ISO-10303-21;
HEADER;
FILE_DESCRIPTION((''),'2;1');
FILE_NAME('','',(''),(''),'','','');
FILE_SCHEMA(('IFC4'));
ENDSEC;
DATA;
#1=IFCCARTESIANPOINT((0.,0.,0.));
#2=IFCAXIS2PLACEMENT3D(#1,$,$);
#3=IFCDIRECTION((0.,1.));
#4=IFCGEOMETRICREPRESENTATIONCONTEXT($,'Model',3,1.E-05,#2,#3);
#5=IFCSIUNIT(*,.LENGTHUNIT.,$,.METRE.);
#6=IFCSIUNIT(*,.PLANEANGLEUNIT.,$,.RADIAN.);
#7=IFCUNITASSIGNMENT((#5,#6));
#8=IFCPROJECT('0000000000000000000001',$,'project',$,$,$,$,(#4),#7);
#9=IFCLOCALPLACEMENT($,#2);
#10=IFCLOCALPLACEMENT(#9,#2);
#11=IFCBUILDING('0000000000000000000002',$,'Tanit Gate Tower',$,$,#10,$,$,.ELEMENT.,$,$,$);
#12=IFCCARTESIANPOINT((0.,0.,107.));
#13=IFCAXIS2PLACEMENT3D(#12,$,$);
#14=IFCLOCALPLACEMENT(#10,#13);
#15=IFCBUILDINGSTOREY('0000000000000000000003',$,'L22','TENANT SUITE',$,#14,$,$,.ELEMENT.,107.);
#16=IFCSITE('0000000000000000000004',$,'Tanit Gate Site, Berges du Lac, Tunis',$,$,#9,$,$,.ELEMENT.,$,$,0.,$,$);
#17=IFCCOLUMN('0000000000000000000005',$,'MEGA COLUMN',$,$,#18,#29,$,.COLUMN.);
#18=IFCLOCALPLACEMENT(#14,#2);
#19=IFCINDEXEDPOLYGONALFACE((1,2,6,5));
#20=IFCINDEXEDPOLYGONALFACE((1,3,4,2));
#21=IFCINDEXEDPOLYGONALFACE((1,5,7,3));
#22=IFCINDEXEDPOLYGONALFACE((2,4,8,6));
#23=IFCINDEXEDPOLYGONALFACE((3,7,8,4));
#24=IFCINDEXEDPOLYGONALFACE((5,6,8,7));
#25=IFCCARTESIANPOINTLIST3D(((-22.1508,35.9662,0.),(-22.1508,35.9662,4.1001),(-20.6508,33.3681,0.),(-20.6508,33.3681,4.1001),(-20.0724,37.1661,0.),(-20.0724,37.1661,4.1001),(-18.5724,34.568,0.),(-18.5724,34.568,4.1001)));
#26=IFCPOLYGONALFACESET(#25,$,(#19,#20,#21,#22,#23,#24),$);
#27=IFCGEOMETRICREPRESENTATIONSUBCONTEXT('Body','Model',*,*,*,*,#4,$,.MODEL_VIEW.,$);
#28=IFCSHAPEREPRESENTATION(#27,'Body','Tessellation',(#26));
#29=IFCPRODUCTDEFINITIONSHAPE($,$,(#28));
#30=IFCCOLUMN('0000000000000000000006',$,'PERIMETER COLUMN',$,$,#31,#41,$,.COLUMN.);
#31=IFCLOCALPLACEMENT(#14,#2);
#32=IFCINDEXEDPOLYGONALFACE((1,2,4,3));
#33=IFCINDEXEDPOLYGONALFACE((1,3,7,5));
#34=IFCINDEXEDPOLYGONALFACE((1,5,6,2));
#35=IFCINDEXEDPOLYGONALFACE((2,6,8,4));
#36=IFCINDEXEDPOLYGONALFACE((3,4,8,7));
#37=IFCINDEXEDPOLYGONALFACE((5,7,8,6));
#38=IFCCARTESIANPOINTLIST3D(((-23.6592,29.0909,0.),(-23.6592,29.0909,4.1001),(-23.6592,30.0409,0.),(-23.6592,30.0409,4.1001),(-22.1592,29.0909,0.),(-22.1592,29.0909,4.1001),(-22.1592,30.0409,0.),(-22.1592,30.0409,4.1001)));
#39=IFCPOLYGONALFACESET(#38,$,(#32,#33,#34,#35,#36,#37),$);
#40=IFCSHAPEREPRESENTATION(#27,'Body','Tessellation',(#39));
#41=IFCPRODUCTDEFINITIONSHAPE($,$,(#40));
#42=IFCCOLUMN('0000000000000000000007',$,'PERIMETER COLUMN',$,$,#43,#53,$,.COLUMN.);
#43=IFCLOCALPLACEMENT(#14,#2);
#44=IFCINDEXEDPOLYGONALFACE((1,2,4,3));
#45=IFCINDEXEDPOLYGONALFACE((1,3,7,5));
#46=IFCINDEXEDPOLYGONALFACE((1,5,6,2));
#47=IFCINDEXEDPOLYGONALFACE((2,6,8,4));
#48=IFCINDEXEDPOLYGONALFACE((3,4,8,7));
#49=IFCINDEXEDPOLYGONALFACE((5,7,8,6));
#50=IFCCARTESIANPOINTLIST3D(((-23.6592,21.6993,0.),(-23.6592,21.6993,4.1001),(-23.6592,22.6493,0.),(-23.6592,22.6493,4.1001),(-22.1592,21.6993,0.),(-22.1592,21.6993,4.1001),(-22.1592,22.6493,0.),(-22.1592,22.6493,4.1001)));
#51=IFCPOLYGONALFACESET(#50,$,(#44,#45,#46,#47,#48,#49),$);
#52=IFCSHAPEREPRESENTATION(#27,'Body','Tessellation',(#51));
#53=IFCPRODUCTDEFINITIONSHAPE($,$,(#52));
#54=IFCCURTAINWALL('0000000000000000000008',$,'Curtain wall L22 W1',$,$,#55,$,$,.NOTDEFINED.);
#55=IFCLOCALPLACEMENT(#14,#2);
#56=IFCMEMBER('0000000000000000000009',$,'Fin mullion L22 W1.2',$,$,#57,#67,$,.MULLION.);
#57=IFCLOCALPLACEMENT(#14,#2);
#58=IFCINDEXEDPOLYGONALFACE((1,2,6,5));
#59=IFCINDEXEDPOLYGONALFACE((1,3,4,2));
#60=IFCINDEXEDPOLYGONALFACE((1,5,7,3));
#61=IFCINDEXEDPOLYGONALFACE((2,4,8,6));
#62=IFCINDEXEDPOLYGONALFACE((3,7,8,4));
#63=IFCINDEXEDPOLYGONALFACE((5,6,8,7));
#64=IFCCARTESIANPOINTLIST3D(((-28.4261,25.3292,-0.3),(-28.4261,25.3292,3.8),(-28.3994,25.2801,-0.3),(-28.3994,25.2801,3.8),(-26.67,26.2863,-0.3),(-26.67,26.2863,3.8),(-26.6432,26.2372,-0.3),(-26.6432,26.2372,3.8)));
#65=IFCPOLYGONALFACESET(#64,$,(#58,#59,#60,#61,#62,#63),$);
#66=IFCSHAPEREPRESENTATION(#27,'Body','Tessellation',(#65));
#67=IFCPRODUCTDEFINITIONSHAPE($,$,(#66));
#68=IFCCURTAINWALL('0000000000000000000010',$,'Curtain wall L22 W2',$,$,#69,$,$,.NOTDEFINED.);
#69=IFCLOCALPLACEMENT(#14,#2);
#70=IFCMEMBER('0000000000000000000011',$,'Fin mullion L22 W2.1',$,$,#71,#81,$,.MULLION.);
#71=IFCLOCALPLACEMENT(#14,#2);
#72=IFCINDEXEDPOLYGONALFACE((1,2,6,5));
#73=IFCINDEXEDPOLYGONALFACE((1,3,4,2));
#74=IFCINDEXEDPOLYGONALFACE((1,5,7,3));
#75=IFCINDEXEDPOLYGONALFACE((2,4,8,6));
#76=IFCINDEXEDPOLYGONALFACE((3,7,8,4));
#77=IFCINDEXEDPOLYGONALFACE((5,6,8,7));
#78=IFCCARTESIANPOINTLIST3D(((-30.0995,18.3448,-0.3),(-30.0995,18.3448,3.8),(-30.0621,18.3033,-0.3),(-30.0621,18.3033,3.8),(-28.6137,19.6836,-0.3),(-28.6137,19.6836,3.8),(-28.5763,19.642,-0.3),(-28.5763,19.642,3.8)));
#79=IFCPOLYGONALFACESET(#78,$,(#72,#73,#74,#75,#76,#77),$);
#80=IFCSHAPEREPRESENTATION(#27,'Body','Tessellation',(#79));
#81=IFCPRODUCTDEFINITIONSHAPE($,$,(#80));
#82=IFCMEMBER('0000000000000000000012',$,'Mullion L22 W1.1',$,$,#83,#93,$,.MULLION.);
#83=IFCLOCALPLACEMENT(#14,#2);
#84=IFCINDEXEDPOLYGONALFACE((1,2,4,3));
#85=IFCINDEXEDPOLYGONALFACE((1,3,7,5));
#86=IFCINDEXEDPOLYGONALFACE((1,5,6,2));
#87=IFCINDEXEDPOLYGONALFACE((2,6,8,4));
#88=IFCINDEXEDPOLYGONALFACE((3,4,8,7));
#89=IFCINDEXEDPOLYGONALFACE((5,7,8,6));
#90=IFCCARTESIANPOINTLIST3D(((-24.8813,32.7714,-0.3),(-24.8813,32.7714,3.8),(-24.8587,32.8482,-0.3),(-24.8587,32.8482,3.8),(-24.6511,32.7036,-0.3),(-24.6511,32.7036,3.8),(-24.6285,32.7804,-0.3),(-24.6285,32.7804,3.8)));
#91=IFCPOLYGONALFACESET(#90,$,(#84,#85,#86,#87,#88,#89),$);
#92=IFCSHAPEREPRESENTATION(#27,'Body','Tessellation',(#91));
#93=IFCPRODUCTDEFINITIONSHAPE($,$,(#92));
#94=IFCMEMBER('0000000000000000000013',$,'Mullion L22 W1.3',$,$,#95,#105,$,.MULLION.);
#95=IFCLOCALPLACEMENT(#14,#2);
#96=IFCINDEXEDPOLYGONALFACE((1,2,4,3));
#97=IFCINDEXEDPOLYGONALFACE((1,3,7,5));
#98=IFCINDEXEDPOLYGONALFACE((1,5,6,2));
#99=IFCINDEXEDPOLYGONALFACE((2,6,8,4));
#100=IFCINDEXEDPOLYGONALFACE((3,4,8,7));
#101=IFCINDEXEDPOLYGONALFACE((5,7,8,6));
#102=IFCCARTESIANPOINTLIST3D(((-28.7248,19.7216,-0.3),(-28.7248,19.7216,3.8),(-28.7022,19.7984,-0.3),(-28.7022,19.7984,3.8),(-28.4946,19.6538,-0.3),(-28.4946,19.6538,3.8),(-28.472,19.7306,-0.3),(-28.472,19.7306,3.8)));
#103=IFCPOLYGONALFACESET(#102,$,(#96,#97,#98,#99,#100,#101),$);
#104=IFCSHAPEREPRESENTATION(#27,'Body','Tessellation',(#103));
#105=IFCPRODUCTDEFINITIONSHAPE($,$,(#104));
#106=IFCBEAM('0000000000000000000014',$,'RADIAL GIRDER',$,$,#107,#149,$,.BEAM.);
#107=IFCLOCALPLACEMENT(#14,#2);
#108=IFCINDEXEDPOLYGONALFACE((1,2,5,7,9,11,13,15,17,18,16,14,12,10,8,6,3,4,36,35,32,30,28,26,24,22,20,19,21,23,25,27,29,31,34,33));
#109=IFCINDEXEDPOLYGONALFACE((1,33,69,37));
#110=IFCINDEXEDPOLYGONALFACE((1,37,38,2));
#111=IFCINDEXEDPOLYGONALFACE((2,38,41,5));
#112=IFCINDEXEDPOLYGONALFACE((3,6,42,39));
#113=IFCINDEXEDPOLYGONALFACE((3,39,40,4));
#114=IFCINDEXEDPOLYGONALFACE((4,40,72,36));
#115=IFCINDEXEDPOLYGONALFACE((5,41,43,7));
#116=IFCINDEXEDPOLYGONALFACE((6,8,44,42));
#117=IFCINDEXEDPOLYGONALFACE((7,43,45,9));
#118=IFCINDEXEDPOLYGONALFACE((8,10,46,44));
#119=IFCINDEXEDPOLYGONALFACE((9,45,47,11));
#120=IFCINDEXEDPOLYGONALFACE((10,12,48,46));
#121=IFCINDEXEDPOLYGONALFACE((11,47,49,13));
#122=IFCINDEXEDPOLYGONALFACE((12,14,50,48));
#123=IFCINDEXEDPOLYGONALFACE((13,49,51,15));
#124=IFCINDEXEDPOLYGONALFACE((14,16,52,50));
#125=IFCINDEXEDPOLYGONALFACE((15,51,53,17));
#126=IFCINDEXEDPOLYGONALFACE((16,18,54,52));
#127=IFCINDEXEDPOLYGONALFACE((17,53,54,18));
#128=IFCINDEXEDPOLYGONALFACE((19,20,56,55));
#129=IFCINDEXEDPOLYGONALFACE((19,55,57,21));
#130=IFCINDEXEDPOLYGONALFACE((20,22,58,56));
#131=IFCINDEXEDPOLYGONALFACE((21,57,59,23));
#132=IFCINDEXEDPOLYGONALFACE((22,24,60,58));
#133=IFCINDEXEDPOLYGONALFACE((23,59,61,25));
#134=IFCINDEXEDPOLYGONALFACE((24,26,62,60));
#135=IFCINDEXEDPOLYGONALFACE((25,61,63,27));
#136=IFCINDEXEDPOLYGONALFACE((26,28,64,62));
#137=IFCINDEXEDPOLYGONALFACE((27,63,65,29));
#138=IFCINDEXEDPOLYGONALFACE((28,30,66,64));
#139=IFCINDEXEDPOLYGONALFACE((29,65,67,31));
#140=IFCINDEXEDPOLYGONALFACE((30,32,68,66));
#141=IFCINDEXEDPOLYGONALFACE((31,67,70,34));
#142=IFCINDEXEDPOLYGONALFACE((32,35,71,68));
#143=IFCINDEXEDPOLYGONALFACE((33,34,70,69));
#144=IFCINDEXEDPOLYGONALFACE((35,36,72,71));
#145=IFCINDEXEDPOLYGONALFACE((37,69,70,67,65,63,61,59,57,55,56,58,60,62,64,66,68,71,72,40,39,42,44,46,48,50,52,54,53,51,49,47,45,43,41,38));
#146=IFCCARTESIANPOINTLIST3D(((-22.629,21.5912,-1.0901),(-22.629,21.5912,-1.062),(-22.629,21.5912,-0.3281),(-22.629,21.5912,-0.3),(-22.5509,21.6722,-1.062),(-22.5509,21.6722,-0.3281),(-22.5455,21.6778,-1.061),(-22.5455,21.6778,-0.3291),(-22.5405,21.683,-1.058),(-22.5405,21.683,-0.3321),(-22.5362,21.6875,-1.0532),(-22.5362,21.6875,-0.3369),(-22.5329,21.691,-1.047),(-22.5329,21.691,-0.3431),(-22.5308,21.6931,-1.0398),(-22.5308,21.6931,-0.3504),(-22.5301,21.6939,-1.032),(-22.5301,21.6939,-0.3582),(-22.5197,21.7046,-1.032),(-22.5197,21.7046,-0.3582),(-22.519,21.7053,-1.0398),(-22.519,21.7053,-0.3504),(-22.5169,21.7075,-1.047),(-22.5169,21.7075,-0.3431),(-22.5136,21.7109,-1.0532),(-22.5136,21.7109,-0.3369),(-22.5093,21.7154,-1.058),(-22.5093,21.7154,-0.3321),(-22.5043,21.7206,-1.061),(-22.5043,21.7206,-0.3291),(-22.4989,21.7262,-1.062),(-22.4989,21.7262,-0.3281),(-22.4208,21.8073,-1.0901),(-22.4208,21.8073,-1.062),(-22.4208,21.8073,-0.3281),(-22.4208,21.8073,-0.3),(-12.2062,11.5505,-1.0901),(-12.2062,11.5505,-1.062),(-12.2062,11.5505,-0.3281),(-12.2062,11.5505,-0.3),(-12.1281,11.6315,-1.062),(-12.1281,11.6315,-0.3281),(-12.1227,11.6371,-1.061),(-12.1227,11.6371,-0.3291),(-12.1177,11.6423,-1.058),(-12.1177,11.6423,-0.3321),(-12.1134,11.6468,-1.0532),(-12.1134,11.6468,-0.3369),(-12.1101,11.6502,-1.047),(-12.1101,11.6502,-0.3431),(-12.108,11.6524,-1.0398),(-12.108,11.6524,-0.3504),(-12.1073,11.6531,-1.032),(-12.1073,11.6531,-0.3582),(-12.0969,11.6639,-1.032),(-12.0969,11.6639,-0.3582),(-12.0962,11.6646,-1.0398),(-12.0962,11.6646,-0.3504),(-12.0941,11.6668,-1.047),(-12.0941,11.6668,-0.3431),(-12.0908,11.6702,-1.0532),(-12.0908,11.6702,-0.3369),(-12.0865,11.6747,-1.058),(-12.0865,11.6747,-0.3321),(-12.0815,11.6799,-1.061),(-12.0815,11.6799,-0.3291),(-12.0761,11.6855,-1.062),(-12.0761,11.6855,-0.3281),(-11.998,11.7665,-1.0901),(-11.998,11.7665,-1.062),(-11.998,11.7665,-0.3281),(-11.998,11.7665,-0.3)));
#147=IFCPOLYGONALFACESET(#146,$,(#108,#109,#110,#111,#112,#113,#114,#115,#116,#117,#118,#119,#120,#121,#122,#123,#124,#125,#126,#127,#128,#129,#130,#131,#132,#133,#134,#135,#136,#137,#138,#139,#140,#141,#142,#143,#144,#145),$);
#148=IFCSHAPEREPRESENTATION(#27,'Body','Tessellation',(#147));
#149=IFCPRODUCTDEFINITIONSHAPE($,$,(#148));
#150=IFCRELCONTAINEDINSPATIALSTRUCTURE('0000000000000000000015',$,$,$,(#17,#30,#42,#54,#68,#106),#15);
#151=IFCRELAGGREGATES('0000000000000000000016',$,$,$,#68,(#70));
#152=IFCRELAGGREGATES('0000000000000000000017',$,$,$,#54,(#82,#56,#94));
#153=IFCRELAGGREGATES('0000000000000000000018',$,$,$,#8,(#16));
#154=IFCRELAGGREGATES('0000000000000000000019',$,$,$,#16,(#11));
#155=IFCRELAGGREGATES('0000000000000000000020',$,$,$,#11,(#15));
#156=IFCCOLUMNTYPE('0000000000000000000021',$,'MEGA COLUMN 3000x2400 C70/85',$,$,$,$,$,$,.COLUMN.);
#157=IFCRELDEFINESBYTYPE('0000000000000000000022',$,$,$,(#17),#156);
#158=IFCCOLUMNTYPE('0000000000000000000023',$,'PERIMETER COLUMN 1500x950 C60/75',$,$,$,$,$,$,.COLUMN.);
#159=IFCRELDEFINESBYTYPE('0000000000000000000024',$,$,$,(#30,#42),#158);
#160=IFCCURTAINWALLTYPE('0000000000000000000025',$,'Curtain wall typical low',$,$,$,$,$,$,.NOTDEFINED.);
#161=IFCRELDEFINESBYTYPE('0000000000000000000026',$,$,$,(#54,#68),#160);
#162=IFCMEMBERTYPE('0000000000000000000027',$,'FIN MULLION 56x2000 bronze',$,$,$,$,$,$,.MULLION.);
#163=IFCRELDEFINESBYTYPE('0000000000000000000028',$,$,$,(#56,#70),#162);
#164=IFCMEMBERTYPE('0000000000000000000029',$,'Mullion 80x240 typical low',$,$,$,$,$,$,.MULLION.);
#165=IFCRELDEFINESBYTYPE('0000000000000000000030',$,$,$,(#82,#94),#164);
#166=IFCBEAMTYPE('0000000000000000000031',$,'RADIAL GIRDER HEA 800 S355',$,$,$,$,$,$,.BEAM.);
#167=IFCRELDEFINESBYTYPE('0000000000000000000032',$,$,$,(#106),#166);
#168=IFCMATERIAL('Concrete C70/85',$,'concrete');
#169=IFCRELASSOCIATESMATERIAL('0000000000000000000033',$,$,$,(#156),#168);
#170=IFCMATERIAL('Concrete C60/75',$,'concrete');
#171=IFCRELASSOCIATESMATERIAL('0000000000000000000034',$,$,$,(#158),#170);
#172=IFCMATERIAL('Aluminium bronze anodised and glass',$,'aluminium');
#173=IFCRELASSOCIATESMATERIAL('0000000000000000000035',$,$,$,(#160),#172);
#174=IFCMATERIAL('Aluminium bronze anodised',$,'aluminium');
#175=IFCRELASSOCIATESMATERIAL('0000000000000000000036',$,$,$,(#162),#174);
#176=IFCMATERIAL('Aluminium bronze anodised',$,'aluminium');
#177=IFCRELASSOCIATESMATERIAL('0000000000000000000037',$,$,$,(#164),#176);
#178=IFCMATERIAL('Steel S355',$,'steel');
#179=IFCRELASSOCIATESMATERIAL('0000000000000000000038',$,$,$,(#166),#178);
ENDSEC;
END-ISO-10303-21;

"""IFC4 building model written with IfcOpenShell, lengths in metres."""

from ifc_helpers import new_model, si_unit, direction, frame, origin, origin_2d, place, context, subcontext, project, spatial, rectangle, i_section, extrude, material, material_profile, profile_set, type_object, element, aggregate, save


model = new_model("IFC4")

# Units and contexts
model_context = context("Model", 3, precision=1e-05, world=origin(), true_north=direction((0.0, 1.0)))
body_context = subcontext(model_context, "Body", "Model", "MODEL_VIEW")
ifc_project = project(units=[si_unit("LENGTHUNIT", "METRE"), si_unit("PLANEANGLEUNIT", "RADIAN")], contexts=[model_context])

# Site, building, storey
site_placement = place(None, origin())
site = spatial("IfcSite", under=ifc_project, at=site_placement, Name="Tanit Gate Site, Berges du Lac, Tunis", CompositionType="ELEMENT", RefElevation=0.0)
building_placement = place(site_placement, origin())
building = spatial("IfcBuilding", under=site, at=building_placement, Name="Tanit Gate Tower", CompositionType="ELEMENT")
storey_placement = place(building_placement, frame((0.0, 0.0, 107.0)))
storey = spatial("IfcBuildingStorey", under=building, at=storey_placement, Name="L22", Description="TENANT SUITE", CompositionType="ELEMENT", Elevation=107.0)

# Columns
ifc_material_1 = material(Name="Concrete C70/85", Category="concrete")
ifc_material_profile_1 = material_profile(ifc_material_1, rectangle(XDim=3.0, YDim=2.3999, at=origin_2d()), Name="RC 3000x2400")
ifc_profile_set_1 = profile_set([ifc_material_profile_1], Name="Concrete C70/85")
column_type_1 = type_object("IfcColumnType", Name="MEGA COLUMN 3000x2400 C70/85", PredefinedType="COLUMN", material=ifc_profile_set_1)
column_placement = place(storey_placement, frame((-20.3616, 35.2671, 0.0), z_axis=(0.0, 0.0, 1.0), x_axis=(-0.5, 0.866025, 0.0)))
element("IfcColumn", 1, at=column_placement, inside=storey, type_object=column_type_1, Name="MEGA COLUMN", PredefinedType="COLUMN", context=body_context, shape_type="SweptSolid", body=[
    extrude(rectangle(XDim=3.0, YDim=2.3999, at=origin_2d()), origin(), (0.0, 0.0, 1.0), 4.1001),
])
ifc_material_2 = material(Name="Concrete C60/75", Category="concrete")
ifc_material_profile_2 = material_profile(ifc_material_2, rectangle(XDim=1.5, YDim=0.95, at=origin_2d()), Name="RC 1500x950")
ifc_profile_set_2 = profile_set([ifc_material_profile_2], Name="Concrete C60/75")
column_type_2 = type_object("IfcColumnType", Name="PERIMETER COLUMN 1500x950 C60/75", PredefinedType="COLUMN", material=ifc_profile_set_2)
for number, where, z_axis, x_axis, name in (
    (2, (-22.9092, 29.5659, 0.0), (0.0, 0.0, 1.0), (-1.0, 0.0, 0.0), "PERIMETER COLUMN"),
    (3, (-22.9092, 22.1743, 0.0), (0.0, 0.0, 1.0), (-1.0, 0.0, 0.0), "PERIMETER COLUMN"),
):
    element("IfcColumn", number, at=place(storey_placement, frame(where, z_axis=z_axis, x_axis=x_axis)), inside=storey, type_object=column_type_2, Name=name, PredefinedType="COLUMN", context=body_context, shape_type="SweptSolid", body=[
        extrude(rectangle(XDim=1.5, YDim=0.95, at=origin_2d()), origin(), (0.0, 0.0, 1.0), 4.1001),
    ])

# Curtain walls, members
ifc_material_3 = material(Name="Aluminium bronze anodised and glass", Category="aluminium")
curtain_wall_type = type_object("IfcCurtainWallType", Name="Curtain wall typical low", PredefinedType="NOTDEFINED", material=ifc_material_3)
curtain_wall_1_placement = place(storey_placement, origin())
curtain_wall_1 = element("IfcCurtainWall", 4, at=curtain_wall_1_placement, inside=storey, type_object=curtain_wall_type, Name="Curtain wall L22 W1", PredefinedType="NOTDEFINED")
ifc_material_4 = material(Name="Aluminium bronze anodised", Category="aluminium")
ifc_material_profile_3 = material_profile(ifc_material_4, rectangle(XDim=2.0, YDim=0.0559, at=origin_2d()), Name="56x2000 bronze fin mullion")
ifc_profile_set_3 = profile_set([ifc_material_profile_3], Name="Aluminium bronze anodised")
member_type_1 = type_object("IfcMemberType", Name="FIN MULLION 56x2000 bronze", PredefinedType="MULLION", material=ifc_profile_set_3)
member_1_placement = place(storey_placement, frame((-27.5347, 25.7832, -0.3), z_axis=(0.0, 0.0, 1.0), x_axis=(0.878074, 0.478524, 0.0)))
member_1 = element("IfcMember", 5, at=member_1_placement, type_object=member_type_1, Name="Fin mullion L22 W1.2", PredefinedType="MULLION", context=body_context, shape_type="SweptSolid", body=[
    extrude(rectangle(XDim=2.0, YDim=0.0559, at=origin_2d()), origin(), (0.0, 0.0, 1.0), 4.1001),
])
curtain_wall_2_placement = place(storey_placement, origin())
curtain_wall_2 = element("IfcCurtainWall", 6, at=curtain_wall_2_placement, inside=storey, type_object=curtain_wall_type, Name="Curtain wall L22 W2", PredefinedType="NOTDEFINED")
member_2_placement = place(storey_placement, frame((-29.3379, 18.9934, -0.3), z_axis=(0.0, 0.0, 1.0), x_axis=(0.742922, 0.669378, 0.0)))
member_2 = element("IfcMember", 7, at=member_2_placement, type_object=member_type_1, Name="Fin mullion L22 W2.1", PredefinedType="MULLION", context=body_context, shape_type="SweptSolid", body=[
    extrude(rectangle(XDim=2.0, YDim=0.0559, at=origin_2d()), origin(), (0.0, 0.0, 1.0), 4.1001),
])

# Members
ifc_material_5 = material(Name="Aluminium bronze anodised", Category="aluminium")
ifc_material_profile_4 = material_profile(ifc_material_5, rectangle(XDim=0.24, YDim=0.0801, at=origin_2d()), Name="80x240 bronze mullion")
ifc_profile_set_4 = profile_set([ifc_material_profile_4], Name="Aluminium bronze anodised")
member_type_2 = type_object("IfcMemberType", Name="Mullion 80x240 typical low", PredefinedType="MULLION", material=ifc_profile_set_4)
member_3_placement = place(storey_placement, frame((-24.7549, 32.7759, -0.3), z_axis=(0.0, 0.0, 1.0), x_axis=(0.95926, -0.282525, 0.0)))
member_3 = element("IfcMember", 8, at=member_3_placement, type_object=member_type_2, Name="Mullion L22 W1.1", PredefinedType="MULLION", context=body_context, shape_type="SweptSolid", body=[
    extrude(rectangle(XDim=0.24, YDim=0.0801, at=origin_2d()), origin(), (0.0, 0.0, 1.0), 4.1001),
])
member_4_placement = place(storey_placement, frame((-28.5984, 19.7261, -0.3), z_axis=(0.0, 0.0, 1.0), x_axis=(0.95926, -0.282525, 0.0)))
member_4 = element("IfcMember", 9, at=member_4_placement, type_object=member_type_2, Name="Mullion L22 W1.3", PredefinedType="MULLION", context=body_context, shape_type="SweptSolid", body=[
    extrude(rectangle(XDim=0.24, YDim=0.0801, at=origin_2d()), origin(), (0.0, 0.0, 1.0), 4.1001),
])

# Beam
ifc_material_6 = material(Name="Steel S355", Category="steel")
ifc_material_profile_5 = material_profile(ifc_material_6, i_section(OverallWidth=0.3, OverallDepth=0.79, WebThickness=0.0149, FlangeThickness=0.0281, FilletRadius=0.03, at=origin_2d()), Name="HEA 800")
ifc_profile_set_5 = profile_set([ifc_material_profile_5], Name="Steel S355")
beam_type_1 = type_object("IfcBeamType", Name="RADIAL GIRDER HEA 800 S355", PredefinedType="BEAM", material=ifc_profile_set_5)
beam_1_placement = place(storey_placement, frame((-22.5249, 21.6992, -0.6951), z_axis=(0.720184, -0.693783, 0.0), x_axis=(0.693783, 0.720184, 0.0)))
element("IfcBeam", 10, at=beam_1_placement, inside=storey, type_object=beam_type_1, Name="RADIAL GIRDER", PredefinedType="BEAM", context=body_context, shape_type="SweptSolid", body=[
    extrude(i_section(OverallWidth=0.3, OverallDepth=0.79, WebThickness=0.0149, FlangeThickness=0.0281, FilletRadius=0.03, at=origin_2d()), origin(), (0.0, 0.0, 1.0), 14.4724),
])

aggregate(curtain_wall_2, [member_2])

aggregate(curtain_wall_1, [member_3, member_1, member_4])

save(model, "model.ifc")
